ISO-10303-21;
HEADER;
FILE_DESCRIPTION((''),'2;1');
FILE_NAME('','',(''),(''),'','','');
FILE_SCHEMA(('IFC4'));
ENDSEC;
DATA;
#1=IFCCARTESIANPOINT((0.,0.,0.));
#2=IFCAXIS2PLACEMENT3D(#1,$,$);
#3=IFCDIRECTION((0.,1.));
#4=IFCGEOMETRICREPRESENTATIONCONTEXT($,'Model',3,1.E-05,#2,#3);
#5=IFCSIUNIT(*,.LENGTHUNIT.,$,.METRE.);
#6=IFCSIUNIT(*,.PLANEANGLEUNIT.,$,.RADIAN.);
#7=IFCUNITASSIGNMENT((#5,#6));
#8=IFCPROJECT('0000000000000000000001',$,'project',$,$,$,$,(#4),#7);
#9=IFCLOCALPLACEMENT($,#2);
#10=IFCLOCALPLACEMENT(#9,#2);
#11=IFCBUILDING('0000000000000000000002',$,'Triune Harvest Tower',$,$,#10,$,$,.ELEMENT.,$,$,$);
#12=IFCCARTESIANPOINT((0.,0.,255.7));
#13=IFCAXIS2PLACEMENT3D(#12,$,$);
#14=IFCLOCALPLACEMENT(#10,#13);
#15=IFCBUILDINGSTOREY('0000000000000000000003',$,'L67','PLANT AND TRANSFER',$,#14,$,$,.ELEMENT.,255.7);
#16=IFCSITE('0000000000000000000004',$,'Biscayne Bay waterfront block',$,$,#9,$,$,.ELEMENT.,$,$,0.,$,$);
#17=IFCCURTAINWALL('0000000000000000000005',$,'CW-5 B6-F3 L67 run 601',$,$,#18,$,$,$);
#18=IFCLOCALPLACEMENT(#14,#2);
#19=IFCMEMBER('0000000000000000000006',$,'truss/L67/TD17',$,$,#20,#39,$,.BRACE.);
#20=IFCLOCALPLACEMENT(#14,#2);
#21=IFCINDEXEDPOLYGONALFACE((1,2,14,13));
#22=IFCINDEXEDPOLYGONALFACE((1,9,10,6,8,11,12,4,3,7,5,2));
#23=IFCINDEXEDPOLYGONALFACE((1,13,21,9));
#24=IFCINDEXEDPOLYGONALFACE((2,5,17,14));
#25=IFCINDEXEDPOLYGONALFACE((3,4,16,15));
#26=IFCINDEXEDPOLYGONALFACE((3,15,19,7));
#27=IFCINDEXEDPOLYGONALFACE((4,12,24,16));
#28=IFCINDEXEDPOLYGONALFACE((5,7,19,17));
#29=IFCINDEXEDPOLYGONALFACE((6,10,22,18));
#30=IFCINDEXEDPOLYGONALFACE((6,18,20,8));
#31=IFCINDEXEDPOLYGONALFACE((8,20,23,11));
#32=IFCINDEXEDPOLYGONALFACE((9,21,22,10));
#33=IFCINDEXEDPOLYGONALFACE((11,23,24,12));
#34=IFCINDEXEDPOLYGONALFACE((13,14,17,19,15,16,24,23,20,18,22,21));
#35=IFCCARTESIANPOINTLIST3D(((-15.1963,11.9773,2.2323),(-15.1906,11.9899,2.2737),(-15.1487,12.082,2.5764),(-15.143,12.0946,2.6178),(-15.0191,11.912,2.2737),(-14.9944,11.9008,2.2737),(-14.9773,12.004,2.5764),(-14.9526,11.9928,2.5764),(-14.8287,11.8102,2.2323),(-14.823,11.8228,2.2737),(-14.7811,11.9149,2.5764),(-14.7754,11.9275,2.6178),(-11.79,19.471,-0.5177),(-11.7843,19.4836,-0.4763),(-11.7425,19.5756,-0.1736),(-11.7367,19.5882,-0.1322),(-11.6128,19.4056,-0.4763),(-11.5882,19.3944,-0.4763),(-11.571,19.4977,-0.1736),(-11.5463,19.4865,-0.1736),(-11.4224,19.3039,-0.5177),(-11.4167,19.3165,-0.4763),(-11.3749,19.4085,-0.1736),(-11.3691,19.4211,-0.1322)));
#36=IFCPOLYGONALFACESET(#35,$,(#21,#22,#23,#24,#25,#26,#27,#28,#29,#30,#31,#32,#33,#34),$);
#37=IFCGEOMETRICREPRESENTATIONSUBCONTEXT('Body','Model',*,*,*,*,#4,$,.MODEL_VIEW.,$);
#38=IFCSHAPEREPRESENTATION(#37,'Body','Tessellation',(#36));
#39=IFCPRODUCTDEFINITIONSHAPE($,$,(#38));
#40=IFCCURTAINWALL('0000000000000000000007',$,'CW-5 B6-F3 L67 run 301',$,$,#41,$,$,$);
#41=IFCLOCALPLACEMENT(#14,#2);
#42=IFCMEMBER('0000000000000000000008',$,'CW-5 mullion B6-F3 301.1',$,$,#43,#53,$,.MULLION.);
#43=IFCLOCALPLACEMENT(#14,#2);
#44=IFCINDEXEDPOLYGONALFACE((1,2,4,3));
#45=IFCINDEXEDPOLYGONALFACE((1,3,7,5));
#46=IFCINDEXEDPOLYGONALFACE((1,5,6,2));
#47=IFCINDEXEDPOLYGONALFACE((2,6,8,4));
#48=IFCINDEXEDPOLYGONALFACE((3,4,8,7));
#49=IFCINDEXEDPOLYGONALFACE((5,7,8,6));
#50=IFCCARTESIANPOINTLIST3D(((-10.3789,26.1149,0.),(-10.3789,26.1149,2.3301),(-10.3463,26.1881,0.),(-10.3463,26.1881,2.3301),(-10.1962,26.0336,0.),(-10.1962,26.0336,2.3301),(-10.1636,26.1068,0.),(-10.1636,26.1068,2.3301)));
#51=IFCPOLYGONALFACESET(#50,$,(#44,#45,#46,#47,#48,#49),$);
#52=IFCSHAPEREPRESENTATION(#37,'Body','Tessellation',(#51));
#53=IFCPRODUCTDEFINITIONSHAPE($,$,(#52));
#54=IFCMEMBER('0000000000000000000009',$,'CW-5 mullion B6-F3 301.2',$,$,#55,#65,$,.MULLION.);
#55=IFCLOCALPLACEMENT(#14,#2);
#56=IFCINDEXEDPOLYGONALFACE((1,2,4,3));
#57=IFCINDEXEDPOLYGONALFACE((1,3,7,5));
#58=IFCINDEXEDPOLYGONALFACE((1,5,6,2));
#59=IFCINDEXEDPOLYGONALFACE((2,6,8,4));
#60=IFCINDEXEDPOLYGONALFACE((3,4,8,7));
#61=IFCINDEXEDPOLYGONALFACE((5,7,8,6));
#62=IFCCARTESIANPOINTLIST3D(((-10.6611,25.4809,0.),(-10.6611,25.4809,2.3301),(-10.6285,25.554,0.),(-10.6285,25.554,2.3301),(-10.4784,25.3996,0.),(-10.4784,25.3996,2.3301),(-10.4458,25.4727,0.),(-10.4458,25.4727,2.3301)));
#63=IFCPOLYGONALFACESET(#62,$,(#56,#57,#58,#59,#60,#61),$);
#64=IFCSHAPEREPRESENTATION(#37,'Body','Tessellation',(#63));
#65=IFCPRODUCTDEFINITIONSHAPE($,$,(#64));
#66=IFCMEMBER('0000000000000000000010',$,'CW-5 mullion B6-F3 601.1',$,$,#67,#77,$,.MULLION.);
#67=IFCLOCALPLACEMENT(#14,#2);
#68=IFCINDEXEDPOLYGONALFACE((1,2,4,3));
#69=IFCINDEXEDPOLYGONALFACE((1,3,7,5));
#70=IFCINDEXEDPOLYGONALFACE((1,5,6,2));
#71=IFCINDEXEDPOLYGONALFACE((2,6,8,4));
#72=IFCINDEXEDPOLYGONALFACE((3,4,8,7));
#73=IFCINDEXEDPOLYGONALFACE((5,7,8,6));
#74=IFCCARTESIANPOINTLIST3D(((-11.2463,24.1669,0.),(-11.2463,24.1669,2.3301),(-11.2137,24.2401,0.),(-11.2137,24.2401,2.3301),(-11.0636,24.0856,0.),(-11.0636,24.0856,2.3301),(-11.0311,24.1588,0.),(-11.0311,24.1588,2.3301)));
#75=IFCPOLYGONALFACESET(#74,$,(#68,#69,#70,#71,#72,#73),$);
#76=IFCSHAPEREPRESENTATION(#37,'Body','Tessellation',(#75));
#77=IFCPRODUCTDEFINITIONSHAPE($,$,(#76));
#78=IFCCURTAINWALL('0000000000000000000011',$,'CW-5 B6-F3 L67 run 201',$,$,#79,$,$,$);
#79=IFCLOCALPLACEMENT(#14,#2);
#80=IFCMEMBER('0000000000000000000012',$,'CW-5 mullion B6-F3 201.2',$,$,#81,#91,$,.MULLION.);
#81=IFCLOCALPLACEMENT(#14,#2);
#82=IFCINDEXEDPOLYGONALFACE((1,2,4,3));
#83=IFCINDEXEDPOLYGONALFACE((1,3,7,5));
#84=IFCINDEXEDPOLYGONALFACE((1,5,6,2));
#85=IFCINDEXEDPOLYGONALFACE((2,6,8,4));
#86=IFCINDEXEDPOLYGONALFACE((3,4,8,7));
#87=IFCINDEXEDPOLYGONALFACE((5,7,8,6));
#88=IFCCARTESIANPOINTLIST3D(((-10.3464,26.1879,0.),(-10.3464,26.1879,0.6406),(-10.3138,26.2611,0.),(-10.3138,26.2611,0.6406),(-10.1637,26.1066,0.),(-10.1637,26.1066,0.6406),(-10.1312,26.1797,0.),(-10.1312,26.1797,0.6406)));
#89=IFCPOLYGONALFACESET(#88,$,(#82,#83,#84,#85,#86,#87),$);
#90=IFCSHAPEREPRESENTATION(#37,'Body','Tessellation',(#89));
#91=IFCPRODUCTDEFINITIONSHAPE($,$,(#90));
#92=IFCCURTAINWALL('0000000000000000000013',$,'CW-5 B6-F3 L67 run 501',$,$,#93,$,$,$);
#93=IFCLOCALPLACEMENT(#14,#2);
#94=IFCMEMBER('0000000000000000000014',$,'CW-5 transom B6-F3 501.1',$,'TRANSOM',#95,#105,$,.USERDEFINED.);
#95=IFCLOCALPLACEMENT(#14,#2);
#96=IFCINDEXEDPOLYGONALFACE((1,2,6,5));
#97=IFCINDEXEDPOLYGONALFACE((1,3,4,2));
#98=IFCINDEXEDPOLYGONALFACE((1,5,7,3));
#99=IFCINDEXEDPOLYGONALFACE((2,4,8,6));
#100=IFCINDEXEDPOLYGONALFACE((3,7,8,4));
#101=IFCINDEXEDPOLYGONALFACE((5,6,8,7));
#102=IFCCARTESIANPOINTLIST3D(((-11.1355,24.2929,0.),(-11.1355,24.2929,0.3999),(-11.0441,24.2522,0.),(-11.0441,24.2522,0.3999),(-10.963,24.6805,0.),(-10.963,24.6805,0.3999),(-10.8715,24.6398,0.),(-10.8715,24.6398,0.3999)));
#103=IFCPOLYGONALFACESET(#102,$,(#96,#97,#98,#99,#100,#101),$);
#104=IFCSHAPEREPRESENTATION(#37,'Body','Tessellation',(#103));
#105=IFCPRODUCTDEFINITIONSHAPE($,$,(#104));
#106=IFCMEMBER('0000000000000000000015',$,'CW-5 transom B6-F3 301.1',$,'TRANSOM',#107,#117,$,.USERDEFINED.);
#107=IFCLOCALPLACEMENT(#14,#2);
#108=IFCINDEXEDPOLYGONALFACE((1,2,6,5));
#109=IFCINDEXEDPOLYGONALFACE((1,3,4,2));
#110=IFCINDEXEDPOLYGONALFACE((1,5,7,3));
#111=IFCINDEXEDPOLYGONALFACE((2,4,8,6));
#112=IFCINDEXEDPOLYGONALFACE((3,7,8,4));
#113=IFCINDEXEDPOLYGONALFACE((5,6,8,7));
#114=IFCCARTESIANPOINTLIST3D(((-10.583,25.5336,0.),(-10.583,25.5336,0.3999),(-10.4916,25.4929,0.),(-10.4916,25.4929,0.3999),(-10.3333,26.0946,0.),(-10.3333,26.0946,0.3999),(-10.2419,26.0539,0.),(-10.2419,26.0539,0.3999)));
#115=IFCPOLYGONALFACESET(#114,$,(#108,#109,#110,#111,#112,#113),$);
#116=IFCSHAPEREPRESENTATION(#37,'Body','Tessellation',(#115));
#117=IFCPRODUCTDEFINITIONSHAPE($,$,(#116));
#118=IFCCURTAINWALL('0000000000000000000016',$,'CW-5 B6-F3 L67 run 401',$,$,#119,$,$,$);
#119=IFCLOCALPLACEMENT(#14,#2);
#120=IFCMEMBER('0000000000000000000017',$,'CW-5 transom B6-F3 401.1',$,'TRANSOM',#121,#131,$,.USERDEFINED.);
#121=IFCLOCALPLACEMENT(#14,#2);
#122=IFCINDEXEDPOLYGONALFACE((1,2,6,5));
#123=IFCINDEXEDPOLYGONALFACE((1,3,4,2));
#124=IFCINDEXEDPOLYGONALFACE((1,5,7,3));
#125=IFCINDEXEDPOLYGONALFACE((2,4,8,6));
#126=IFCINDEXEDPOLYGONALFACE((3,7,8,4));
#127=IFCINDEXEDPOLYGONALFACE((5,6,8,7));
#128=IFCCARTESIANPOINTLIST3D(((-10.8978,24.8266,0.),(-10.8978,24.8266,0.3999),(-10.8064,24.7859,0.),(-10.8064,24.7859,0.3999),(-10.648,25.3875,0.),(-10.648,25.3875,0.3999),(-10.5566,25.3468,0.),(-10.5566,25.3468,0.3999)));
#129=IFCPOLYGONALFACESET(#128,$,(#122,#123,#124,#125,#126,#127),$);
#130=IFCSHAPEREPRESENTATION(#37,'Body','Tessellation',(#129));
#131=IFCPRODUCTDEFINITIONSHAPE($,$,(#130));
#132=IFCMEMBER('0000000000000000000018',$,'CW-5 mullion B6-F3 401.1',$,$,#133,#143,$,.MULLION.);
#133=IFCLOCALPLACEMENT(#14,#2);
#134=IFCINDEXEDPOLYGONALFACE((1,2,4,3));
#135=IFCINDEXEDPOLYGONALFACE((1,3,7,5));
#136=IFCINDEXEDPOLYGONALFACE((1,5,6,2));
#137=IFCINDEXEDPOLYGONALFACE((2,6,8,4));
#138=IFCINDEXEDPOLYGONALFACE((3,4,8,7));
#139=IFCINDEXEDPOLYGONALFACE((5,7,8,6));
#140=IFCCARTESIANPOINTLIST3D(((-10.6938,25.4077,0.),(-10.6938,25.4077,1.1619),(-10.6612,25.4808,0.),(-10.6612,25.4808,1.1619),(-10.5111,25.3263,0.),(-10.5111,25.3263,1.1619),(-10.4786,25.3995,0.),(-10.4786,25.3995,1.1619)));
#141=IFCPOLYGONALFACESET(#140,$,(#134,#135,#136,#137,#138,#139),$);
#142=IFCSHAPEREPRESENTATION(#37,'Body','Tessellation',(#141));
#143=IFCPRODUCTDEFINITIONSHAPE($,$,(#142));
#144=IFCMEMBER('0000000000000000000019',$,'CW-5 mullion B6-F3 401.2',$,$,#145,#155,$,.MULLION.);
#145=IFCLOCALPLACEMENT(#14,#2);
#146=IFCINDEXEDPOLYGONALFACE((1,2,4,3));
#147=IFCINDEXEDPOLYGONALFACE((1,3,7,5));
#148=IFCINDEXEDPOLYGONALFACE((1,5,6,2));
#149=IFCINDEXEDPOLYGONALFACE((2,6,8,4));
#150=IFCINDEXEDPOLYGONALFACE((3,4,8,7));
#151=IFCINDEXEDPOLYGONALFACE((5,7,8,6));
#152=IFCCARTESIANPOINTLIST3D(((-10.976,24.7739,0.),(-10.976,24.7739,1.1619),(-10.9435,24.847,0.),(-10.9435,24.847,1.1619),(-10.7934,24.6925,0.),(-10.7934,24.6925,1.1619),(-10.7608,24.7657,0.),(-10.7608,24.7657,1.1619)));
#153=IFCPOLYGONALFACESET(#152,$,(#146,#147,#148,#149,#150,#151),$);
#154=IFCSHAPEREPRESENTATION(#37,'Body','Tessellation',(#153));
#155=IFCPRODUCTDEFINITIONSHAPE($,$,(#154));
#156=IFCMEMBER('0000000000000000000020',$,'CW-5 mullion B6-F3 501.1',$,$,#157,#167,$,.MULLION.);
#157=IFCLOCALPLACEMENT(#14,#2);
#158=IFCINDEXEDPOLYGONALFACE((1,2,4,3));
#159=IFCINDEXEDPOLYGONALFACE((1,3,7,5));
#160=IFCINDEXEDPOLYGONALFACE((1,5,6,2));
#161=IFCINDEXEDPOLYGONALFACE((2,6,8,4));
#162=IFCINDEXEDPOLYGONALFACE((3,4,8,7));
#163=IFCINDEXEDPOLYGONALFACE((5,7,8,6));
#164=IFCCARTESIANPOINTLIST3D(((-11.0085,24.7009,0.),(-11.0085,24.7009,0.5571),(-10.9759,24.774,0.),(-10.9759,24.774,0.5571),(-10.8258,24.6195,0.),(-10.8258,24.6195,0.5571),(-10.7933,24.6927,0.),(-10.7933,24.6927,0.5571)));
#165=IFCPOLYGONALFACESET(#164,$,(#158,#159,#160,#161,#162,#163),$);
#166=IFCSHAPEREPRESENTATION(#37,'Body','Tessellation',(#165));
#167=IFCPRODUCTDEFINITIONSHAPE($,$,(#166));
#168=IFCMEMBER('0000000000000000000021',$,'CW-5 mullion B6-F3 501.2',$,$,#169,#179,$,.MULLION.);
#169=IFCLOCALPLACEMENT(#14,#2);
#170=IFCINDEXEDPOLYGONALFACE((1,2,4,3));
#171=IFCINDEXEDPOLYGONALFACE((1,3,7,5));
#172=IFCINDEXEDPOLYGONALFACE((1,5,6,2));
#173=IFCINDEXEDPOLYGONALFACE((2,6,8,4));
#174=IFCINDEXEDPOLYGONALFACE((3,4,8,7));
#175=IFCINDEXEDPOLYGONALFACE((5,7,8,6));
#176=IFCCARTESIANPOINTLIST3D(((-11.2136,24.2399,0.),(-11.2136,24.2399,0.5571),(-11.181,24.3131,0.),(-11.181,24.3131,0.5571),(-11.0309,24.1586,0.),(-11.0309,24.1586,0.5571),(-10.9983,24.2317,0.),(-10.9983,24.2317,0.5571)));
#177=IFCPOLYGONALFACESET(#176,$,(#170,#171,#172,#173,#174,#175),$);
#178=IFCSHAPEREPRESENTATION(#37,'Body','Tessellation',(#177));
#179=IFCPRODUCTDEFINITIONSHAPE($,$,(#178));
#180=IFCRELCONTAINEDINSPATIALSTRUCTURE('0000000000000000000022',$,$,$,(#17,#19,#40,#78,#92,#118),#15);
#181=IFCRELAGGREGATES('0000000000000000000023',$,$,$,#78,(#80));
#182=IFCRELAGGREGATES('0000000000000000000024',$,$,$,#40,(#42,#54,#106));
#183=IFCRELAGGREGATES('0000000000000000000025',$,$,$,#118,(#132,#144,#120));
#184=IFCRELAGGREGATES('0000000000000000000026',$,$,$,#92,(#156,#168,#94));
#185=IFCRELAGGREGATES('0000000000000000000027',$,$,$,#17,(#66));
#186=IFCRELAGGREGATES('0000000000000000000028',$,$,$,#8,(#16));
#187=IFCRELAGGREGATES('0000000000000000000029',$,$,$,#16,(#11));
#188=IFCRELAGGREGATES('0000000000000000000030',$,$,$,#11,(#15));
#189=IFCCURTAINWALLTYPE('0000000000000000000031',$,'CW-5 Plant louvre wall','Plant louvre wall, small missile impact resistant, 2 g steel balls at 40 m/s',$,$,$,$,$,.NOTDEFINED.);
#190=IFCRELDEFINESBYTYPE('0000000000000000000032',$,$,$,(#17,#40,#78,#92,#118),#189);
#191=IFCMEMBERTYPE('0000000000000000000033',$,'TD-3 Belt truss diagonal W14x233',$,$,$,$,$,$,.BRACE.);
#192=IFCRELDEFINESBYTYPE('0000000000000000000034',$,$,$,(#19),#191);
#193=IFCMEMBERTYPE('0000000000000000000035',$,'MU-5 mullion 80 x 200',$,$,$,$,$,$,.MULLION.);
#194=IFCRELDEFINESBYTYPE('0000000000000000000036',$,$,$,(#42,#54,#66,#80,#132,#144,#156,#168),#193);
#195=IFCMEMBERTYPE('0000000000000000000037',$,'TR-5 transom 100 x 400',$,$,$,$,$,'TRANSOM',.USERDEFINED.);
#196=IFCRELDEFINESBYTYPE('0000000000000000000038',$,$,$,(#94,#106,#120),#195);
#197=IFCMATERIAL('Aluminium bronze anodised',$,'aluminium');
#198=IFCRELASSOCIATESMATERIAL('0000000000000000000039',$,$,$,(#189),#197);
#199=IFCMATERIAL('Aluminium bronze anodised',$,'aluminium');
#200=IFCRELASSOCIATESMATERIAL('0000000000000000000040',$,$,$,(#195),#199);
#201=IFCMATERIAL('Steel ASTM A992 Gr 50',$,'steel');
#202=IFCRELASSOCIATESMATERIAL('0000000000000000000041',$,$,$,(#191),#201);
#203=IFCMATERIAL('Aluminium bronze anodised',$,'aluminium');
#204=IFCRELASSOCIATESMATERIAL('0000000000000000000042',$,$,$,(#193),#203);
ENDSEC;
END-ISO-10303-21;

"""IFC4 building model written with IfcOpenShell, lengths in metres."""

from ifc_helpers import new_model, si_unit, direction, frame, origin, origin_2d, place, context, subcontext, project, spatial, rectangle, i_section, extrude, source, transform, mapped, material, material_profile, profile_set, type_object, element, aggregate, save


model = new_model("IFC4")

# Units and contexts
model_context = context("Model", 3, precision=1e-05, world=origin(), true_north=direction((0.0, 1.0)))
body_context = subcontext(model_context, "Body", "Model", "MODEL_VIEW")
ifc_project = project(units=[si_unit("LENGTHUNIT", "METRE"), si_unit("PLANEANGLEUNIT", "RADIAN")], contexts=[model_context])

# Site, building, storey
site_placement = place(None, origin())
site = spatial("IfcSite", under=ifc_project, at=site_placement, Name="Biscayne Bay waterfront block", CompositionType="ELEMENT", RefElevation=0.0)
building_placement = place(site_placement, origin())
building = spatial("IfcBuilding", under=site, at=building_placement, Name="Triune Harvest Tower", CompositionType="ELEMENT")
storey_placement = place(building_placement, frame((0.0, 0.0, 255.7)))
storey = spatial("IfcBuildingStorey", under=building, at=storey_placement, Name="L67", Description="PLANT AND TRANSFER", CompositionType="ELEMENT", Elevation=255.7)

# Curtain wall
ifc_material_1 = material(Name="Aluminium bronze anodised", Category="aluminium")
curtain_wall_type = type_object("IfcCurtainWallType", Name="CW-5 Plant louvre wall", Description="Plant louvre wall, small missile impact resistant, 2 g steel balls at 40 m/s", PredefinedType="NOTDEFINED", material=ifc_material_1)
curtain_wall_1_placement = place(storey_placement, origin())
curtain_wall_1 = element("IfcCurtainWall", 1, at=curtain_wall_1_placement, inside=storey, type_object=curtain_wall_type, Name="CW-5 B6-F3 L67 run 601")
ifc_material_2 = material(Name="Aluminium bronze anodised", Category="aluminium")
ifc_material_profile_1 = material_profile(ifc_material_2, rectangle(XDim=0.1001, YDim=0.3999, at=origin_2d()), Name="TR-5 transom 100 x 400")
ifc_profile_set_1 = profile_set([ifc_material_profile_1], Name="Aluminium bronze anodised")
member_type_1 = type_object("IfcMemberType", Name="TR-5 transom 100 x 400", ElementType="TRANSOM", PredefinedType="USERDEFINED", material=ifc_profile_set_1)

# Member
ifc_material_3 = material(Name="Steel ASTM A992 Gr 50", Category="steel")
ifc_material_profile_2 = material_profile(ifc_material_3, i_section(OverallWidth=0.4038, OverallDepth=0.4065, WebThickness=0.0271, FlangeThickness=0.0437, at=origin_2d()), Name="W14x233")
ifc_profile_set_2 = profile_set([ifc_material_profile_2], Name="Steel ASTM A992 Gr 50")
member_type_2 = type_object("IfcMemberType", Name="TD-3 Belt truss diagonal W14x233", PredefinedType="BRACE", material=ifc_profile_set_2)
shared_shape_1 = source(origin(), body_context, "Body", "SweptSolid", [
    extrude(i_section(OverallWidth=0.4038, OverallDepth=0.4065, WebThickness=0.0271, FlangeThickness=0.0437, at=origin_2d()), origin(), (0.0, 0.0, 1.0), 8.6787),
])
member_1_placement = place(storey_placement, frame((-11.5796, 19.446, -0.325), z_axis=(-0.392484, -0.863453, 0.316868), x_axis=(0.910364, -0.413807, 0.0)))
element("IfcMember", 2, at=member_1_placement, inside=storey, type_object=member_type_2, Name="truss/L67/TD17", PredefinedType="BRACE", context=body_context, shape_type="MappedRepresentation", body=[
    mapped(shared_shape_1, transform((0.0, 0.0, 0.0), scale=1.0)),
])

# Curtain wall, members
curtain_wall_2_placement = place(storey_placement, origin())
curtain_wall_2 = element("IfcCurtainWall", 3, at=curtain_wall_2_placement, inside=storey, type_object=curtain_wall_type, Name="CW-5 B6-F3 L67 run 301")
ifc_material_4 = material(Name="Aluminium bronze anodised", Category="aluminium")
ifc_material_profile_3 = material_profile(ifc_material_4, rectangle(XDim=0.2, YDim=0.0801, at=origin_2d()), Name="MU-5 mullion 80 x 200")
ifc_profile_set_3 = profile_set([ifc_material_profile_3], Name="Aluminium bronze anodised")
member_type_3 = type_object("IfcMemberType", Name="MU-5 mullion 80 x 200", PredefinedType="MULLION", material=ifc_profile_set_3)
shared_shape_2 = source(origin(), body_context, "Body", "SweptSolid", [
    extrude(rectangle(XDim=0.2, YDim=0.0801, at=origin_2d()), origin(), (0.0, 0.0, 1.0), 2.3301),
])
member_2_placement = place(storey_placement, frame((-10.2712, 26.1108, 0.0), z_axis=(0.0, 0.0, 1.0), x_axis=(0.913556, -0.406714, 0.0)))
member_2 = element("IfcMember", 4, at=member_2_placement, type_object=member_type_3, Name="CW-5 mullion B6-F3 301.1", PredefinedType="MULLION", context=body_context, shape_type="MappedRepresentation", body=[
    mapped(shared_shape_2, transform((0.0, 0.0, 0.0), scale=1.0)),
])
member_3_placement = place(storey_placement, frame((-10.5535, 25.4768, 0.0), z_axis=(0.0, 0.0, 1.0), x_axis=(0.913556, -0.406714, 0.0)))
member_3 = element("IfcMember", 5, at=member_3_placement, type_object=member_type_3, Name="CW-5 mullion B6-F3 301.2", PredefinedType="MULLION", context=body_context, shape_type="MappedRepresentation", body=[
    mapped(shared_shape_2, transform((0.0, 0.0, 0.0), scale=1.0)),
])

# Member
member_4_placement = place(storey_placement, frame((-11.1387, 24.1628, 0.0), z_axis=(0.0, 0.0, 1.0), x_axis=(0.913547, -0.406734, 0.0)))
member_4 = element("IfcMember", 6, at=member_4_placement, type_object=member_type_3, Name="CW-5 mullion B6-F3 601.1", PredefinedType="MULLION", context=body_context, shape_type="MappedRepresentation", body=[
    mapped(shared_shape_2, transform((0.0, 0.0, 0.0), scale=1.0)),
])

# Curtain walls, members
curtain_wall_3_placement = place(storey_placement, origin())
curtain_wall_3 = element("IfcCurtainWall", 7, at=curtain_wall_3_placement, inside=storey, type_object=curtain_wall_type, Name="CW-5 B6-F3 L67 run 201")
shared_shape_3 = source(origin(), body_context, "Body", "SweptSolid", [
    extrude(rectangle(XDim=0.2, YDim=0.0801, at=origin_2d()), origin(), (0.0, 0.0, 1.0), 0.6406),
])
member_5_placement = place(storey_placement, frame((-10.2388, 26.1838, 0.0), z_axis=(0.0, 0.0, 1.0), x_axis=(0.913532, -0.406766, 0.0)))
member_5 = element("IfcMember", 8, at=member_5_placement, type_object=member_type_3, Name="CW-5 mullion B6-F3 201.2", PredefinedType="MULLION", context=body_context, shape_type="MappedRepresentation", body=[
    mapped(shared_shape_3, transform((0.0, 0.0, 0.0), scale=1.0)),
])
aggregate(curtain_wall_3, [member_5])
curtain_wall_4_placement = place(storey_placement, origin())
curtain_wall_4 = element("IfcCurtainWall", 9, at=curtain_wall_4_placement, inside=storey, type_object=curtain_wall_type, Name="CW-5 B6-F3 L67 run 501")
shared_shape_4 = source(origin(), body_context, "Body", "SweptSolid", [
    extrude(rectangle(XDim=0.1001, YDim=0.3999, at=origin_2d()), origin(), (0.0, 0.0, 1.0), 0.4243),
])
member_6_placement = place(storey_placement, frame((-10.9172, 24.6602, 0.2), z_axis=(-0.406726, -0.91355, 0.0), x_axis=(0.91355, -0.406726, 0.0)))
member_6 = element("IfcMember", 10, at=member_6_placement, type_object=member_type_1, Name="CW-5 transom B6-F3 501.1", ObjectType="TRANSOM", PredefinedType="USERDEFINED", context=body_context, shape_type="MappedRepresentation", body=[
    mapped(shared_shape_4, transform((0.0, 0.0, 0.0), scale=1.0)),
])

# Member
shared_shape_5 = source(origin(), body_context, "Body", "SweptSolid", [
    extrude(rectangle(XDim=0.1001, YDim=0.3999, at=origin_2d()), origin(), (0.0, 0.0, 1.0), 0.614),
])
member_7_placement = place(storey_placement, frame((-10.2876, 26.0742, 0.2), z_axis=(-0.406692, -0.913565, 0.0), x_axis=(0.913565, -0.406692, 0.0)))
member_7 = element("IfcMember", 11, at=member_7_placement, type_object=member_type_1, Name="CW-5 transom B6-F3 301.1", ObjectType="TRANSOM", PredefinedType="USERDEFINED", context=body_context, shape_type="MappedRepresentation", body=[
    mapped(shared_shape_5, transform((0.0, 0.0, 0.0), scale=1.0)),
])

# Curtain wall, members
curtain_wall_5_placement = place(storey_placement, origin())
curtain_wall_5 = element("IfcCurtainWall", 12, at=curtain_wall_5_placement, inside=storey, type_object=curtain_wall_type, Name="CW-5 B6-F3 L67 run 401")
member_8_placement = place(storey_placement, frame((-10.6023, 25.3672, 0.2), z_axis=(-0.406839, -0.9135, 0.0), x_axis=(0.9135, -0.406839, 0.0)))
member_8 = element("IfcMember", 13, at=member_8_placement, type_object=member_type_1, Name="CW-5 transom B6-F3 401.1", ObjectType="TRANSOM", PredefinedType="USERDEFINED", context=body_context, shape_type="MappedRepresentation", body=[
    mapped(shared_shape_5, transform((0.0, 0.0, 0.0), scale=1.0)),
])
shared_shape_6 = source(origin(), body_context, "Body", "SweptSolid", [
    extrude(rectangle(XDim=0.2, YDim=0.0801, at=origin_2d()), origin(), (0.0, 0.0, 1.0), 1.1619),
])
member_9_placement = place(storey_placement, frame((-10.5862, 25.4036, 0.0), z_axis=(0.0, 0.0, 1.0), x_axis=(0.913534, -0.406762, 0.0)))
member_9 = element("IfcMember", 14, at=member_9_placement, type_object=member_type_3, Name="CW-5 mullion B6-F3 401.1", PredefinedType="MULLION", context=body_context, shape_type="MappedRepresentation", body=[
    mapped(shared_shape_6, transform((0.0, 0.0, 0.0), scale=1.0)),
])
member_10_placement = place(storey_placement, frame((-10.8684, 24.7698, 0.0), z_axis=(0.0, 0.0, 1.0), x_axis=(0.913534, -0.406762, 0.0)))
member_10 = element("IfcMember", 15, at=member_10_placement, type_object=member_type_3, Name="CW-5 mullion B6-F3 401.2", PredefinedType="MULLION", context=body_context, shape_type="MappedRepresentation", body=[
    mapped(shared_shape_6, transform((0.0, 0.0, 0.0), scale=1.0)),
])

# Members
shared_shape_7 = source(origin(), body_context, "Body", "SweptSolid", [
    extrude(rectangle(XDim=0.2, YDim=0.0801, at=origin_2d()), origin(), (0.0, 0.0, 1.0), 0.5571),
])
member_11_placement = place(storey_placement, frame((-10.9009, 24.6968, 0.0), z_axis=(0.0, 0.0, 1.0), x_axis=(0.913522, -0.406789, 0.0)))
member_11 = element("IfcMember", 16, at=member_11_placement, type_object=member_type_3, Name="CW-5 mullion B6-F3 501.1", PredefinedType="MULLION", context=body_context, shape_type="MappedRepresentation", body=[
    mapped(shared_shape_7, transform((0.0, 0.0, 0.0), scale=1.0)),
])
member_12_placement = place(storey_placement, frame((-11.106, 24.2358, 0.0), z_axis=(0.0, 0.0, 1.0), x_axis=(0.913522, -0.406789, 0.0)))
member_12 = element("IfcMember", 17, at=member_12_placement, type_object=member_type_3, Name="CW-5 mullion B6-F3 501.2", PredefinedType="MULLION", context=body_context, shape_type="MappedRepresentation", body=[
    mapped(shared_shape_7, transform((0.0, 0.0, 0.0), scale=1.0)),
])

aggregate(curtain_wall_2, [member_2, member_3, member_7])
aggregate(curtain_wall_5, [member_9, member_10, member_8])
aggregate(curtain_wall_4, [member_11, member_12, member_6])
aggregate(curtain_wall_1, [member_4])

save(model, "model.ifc")
